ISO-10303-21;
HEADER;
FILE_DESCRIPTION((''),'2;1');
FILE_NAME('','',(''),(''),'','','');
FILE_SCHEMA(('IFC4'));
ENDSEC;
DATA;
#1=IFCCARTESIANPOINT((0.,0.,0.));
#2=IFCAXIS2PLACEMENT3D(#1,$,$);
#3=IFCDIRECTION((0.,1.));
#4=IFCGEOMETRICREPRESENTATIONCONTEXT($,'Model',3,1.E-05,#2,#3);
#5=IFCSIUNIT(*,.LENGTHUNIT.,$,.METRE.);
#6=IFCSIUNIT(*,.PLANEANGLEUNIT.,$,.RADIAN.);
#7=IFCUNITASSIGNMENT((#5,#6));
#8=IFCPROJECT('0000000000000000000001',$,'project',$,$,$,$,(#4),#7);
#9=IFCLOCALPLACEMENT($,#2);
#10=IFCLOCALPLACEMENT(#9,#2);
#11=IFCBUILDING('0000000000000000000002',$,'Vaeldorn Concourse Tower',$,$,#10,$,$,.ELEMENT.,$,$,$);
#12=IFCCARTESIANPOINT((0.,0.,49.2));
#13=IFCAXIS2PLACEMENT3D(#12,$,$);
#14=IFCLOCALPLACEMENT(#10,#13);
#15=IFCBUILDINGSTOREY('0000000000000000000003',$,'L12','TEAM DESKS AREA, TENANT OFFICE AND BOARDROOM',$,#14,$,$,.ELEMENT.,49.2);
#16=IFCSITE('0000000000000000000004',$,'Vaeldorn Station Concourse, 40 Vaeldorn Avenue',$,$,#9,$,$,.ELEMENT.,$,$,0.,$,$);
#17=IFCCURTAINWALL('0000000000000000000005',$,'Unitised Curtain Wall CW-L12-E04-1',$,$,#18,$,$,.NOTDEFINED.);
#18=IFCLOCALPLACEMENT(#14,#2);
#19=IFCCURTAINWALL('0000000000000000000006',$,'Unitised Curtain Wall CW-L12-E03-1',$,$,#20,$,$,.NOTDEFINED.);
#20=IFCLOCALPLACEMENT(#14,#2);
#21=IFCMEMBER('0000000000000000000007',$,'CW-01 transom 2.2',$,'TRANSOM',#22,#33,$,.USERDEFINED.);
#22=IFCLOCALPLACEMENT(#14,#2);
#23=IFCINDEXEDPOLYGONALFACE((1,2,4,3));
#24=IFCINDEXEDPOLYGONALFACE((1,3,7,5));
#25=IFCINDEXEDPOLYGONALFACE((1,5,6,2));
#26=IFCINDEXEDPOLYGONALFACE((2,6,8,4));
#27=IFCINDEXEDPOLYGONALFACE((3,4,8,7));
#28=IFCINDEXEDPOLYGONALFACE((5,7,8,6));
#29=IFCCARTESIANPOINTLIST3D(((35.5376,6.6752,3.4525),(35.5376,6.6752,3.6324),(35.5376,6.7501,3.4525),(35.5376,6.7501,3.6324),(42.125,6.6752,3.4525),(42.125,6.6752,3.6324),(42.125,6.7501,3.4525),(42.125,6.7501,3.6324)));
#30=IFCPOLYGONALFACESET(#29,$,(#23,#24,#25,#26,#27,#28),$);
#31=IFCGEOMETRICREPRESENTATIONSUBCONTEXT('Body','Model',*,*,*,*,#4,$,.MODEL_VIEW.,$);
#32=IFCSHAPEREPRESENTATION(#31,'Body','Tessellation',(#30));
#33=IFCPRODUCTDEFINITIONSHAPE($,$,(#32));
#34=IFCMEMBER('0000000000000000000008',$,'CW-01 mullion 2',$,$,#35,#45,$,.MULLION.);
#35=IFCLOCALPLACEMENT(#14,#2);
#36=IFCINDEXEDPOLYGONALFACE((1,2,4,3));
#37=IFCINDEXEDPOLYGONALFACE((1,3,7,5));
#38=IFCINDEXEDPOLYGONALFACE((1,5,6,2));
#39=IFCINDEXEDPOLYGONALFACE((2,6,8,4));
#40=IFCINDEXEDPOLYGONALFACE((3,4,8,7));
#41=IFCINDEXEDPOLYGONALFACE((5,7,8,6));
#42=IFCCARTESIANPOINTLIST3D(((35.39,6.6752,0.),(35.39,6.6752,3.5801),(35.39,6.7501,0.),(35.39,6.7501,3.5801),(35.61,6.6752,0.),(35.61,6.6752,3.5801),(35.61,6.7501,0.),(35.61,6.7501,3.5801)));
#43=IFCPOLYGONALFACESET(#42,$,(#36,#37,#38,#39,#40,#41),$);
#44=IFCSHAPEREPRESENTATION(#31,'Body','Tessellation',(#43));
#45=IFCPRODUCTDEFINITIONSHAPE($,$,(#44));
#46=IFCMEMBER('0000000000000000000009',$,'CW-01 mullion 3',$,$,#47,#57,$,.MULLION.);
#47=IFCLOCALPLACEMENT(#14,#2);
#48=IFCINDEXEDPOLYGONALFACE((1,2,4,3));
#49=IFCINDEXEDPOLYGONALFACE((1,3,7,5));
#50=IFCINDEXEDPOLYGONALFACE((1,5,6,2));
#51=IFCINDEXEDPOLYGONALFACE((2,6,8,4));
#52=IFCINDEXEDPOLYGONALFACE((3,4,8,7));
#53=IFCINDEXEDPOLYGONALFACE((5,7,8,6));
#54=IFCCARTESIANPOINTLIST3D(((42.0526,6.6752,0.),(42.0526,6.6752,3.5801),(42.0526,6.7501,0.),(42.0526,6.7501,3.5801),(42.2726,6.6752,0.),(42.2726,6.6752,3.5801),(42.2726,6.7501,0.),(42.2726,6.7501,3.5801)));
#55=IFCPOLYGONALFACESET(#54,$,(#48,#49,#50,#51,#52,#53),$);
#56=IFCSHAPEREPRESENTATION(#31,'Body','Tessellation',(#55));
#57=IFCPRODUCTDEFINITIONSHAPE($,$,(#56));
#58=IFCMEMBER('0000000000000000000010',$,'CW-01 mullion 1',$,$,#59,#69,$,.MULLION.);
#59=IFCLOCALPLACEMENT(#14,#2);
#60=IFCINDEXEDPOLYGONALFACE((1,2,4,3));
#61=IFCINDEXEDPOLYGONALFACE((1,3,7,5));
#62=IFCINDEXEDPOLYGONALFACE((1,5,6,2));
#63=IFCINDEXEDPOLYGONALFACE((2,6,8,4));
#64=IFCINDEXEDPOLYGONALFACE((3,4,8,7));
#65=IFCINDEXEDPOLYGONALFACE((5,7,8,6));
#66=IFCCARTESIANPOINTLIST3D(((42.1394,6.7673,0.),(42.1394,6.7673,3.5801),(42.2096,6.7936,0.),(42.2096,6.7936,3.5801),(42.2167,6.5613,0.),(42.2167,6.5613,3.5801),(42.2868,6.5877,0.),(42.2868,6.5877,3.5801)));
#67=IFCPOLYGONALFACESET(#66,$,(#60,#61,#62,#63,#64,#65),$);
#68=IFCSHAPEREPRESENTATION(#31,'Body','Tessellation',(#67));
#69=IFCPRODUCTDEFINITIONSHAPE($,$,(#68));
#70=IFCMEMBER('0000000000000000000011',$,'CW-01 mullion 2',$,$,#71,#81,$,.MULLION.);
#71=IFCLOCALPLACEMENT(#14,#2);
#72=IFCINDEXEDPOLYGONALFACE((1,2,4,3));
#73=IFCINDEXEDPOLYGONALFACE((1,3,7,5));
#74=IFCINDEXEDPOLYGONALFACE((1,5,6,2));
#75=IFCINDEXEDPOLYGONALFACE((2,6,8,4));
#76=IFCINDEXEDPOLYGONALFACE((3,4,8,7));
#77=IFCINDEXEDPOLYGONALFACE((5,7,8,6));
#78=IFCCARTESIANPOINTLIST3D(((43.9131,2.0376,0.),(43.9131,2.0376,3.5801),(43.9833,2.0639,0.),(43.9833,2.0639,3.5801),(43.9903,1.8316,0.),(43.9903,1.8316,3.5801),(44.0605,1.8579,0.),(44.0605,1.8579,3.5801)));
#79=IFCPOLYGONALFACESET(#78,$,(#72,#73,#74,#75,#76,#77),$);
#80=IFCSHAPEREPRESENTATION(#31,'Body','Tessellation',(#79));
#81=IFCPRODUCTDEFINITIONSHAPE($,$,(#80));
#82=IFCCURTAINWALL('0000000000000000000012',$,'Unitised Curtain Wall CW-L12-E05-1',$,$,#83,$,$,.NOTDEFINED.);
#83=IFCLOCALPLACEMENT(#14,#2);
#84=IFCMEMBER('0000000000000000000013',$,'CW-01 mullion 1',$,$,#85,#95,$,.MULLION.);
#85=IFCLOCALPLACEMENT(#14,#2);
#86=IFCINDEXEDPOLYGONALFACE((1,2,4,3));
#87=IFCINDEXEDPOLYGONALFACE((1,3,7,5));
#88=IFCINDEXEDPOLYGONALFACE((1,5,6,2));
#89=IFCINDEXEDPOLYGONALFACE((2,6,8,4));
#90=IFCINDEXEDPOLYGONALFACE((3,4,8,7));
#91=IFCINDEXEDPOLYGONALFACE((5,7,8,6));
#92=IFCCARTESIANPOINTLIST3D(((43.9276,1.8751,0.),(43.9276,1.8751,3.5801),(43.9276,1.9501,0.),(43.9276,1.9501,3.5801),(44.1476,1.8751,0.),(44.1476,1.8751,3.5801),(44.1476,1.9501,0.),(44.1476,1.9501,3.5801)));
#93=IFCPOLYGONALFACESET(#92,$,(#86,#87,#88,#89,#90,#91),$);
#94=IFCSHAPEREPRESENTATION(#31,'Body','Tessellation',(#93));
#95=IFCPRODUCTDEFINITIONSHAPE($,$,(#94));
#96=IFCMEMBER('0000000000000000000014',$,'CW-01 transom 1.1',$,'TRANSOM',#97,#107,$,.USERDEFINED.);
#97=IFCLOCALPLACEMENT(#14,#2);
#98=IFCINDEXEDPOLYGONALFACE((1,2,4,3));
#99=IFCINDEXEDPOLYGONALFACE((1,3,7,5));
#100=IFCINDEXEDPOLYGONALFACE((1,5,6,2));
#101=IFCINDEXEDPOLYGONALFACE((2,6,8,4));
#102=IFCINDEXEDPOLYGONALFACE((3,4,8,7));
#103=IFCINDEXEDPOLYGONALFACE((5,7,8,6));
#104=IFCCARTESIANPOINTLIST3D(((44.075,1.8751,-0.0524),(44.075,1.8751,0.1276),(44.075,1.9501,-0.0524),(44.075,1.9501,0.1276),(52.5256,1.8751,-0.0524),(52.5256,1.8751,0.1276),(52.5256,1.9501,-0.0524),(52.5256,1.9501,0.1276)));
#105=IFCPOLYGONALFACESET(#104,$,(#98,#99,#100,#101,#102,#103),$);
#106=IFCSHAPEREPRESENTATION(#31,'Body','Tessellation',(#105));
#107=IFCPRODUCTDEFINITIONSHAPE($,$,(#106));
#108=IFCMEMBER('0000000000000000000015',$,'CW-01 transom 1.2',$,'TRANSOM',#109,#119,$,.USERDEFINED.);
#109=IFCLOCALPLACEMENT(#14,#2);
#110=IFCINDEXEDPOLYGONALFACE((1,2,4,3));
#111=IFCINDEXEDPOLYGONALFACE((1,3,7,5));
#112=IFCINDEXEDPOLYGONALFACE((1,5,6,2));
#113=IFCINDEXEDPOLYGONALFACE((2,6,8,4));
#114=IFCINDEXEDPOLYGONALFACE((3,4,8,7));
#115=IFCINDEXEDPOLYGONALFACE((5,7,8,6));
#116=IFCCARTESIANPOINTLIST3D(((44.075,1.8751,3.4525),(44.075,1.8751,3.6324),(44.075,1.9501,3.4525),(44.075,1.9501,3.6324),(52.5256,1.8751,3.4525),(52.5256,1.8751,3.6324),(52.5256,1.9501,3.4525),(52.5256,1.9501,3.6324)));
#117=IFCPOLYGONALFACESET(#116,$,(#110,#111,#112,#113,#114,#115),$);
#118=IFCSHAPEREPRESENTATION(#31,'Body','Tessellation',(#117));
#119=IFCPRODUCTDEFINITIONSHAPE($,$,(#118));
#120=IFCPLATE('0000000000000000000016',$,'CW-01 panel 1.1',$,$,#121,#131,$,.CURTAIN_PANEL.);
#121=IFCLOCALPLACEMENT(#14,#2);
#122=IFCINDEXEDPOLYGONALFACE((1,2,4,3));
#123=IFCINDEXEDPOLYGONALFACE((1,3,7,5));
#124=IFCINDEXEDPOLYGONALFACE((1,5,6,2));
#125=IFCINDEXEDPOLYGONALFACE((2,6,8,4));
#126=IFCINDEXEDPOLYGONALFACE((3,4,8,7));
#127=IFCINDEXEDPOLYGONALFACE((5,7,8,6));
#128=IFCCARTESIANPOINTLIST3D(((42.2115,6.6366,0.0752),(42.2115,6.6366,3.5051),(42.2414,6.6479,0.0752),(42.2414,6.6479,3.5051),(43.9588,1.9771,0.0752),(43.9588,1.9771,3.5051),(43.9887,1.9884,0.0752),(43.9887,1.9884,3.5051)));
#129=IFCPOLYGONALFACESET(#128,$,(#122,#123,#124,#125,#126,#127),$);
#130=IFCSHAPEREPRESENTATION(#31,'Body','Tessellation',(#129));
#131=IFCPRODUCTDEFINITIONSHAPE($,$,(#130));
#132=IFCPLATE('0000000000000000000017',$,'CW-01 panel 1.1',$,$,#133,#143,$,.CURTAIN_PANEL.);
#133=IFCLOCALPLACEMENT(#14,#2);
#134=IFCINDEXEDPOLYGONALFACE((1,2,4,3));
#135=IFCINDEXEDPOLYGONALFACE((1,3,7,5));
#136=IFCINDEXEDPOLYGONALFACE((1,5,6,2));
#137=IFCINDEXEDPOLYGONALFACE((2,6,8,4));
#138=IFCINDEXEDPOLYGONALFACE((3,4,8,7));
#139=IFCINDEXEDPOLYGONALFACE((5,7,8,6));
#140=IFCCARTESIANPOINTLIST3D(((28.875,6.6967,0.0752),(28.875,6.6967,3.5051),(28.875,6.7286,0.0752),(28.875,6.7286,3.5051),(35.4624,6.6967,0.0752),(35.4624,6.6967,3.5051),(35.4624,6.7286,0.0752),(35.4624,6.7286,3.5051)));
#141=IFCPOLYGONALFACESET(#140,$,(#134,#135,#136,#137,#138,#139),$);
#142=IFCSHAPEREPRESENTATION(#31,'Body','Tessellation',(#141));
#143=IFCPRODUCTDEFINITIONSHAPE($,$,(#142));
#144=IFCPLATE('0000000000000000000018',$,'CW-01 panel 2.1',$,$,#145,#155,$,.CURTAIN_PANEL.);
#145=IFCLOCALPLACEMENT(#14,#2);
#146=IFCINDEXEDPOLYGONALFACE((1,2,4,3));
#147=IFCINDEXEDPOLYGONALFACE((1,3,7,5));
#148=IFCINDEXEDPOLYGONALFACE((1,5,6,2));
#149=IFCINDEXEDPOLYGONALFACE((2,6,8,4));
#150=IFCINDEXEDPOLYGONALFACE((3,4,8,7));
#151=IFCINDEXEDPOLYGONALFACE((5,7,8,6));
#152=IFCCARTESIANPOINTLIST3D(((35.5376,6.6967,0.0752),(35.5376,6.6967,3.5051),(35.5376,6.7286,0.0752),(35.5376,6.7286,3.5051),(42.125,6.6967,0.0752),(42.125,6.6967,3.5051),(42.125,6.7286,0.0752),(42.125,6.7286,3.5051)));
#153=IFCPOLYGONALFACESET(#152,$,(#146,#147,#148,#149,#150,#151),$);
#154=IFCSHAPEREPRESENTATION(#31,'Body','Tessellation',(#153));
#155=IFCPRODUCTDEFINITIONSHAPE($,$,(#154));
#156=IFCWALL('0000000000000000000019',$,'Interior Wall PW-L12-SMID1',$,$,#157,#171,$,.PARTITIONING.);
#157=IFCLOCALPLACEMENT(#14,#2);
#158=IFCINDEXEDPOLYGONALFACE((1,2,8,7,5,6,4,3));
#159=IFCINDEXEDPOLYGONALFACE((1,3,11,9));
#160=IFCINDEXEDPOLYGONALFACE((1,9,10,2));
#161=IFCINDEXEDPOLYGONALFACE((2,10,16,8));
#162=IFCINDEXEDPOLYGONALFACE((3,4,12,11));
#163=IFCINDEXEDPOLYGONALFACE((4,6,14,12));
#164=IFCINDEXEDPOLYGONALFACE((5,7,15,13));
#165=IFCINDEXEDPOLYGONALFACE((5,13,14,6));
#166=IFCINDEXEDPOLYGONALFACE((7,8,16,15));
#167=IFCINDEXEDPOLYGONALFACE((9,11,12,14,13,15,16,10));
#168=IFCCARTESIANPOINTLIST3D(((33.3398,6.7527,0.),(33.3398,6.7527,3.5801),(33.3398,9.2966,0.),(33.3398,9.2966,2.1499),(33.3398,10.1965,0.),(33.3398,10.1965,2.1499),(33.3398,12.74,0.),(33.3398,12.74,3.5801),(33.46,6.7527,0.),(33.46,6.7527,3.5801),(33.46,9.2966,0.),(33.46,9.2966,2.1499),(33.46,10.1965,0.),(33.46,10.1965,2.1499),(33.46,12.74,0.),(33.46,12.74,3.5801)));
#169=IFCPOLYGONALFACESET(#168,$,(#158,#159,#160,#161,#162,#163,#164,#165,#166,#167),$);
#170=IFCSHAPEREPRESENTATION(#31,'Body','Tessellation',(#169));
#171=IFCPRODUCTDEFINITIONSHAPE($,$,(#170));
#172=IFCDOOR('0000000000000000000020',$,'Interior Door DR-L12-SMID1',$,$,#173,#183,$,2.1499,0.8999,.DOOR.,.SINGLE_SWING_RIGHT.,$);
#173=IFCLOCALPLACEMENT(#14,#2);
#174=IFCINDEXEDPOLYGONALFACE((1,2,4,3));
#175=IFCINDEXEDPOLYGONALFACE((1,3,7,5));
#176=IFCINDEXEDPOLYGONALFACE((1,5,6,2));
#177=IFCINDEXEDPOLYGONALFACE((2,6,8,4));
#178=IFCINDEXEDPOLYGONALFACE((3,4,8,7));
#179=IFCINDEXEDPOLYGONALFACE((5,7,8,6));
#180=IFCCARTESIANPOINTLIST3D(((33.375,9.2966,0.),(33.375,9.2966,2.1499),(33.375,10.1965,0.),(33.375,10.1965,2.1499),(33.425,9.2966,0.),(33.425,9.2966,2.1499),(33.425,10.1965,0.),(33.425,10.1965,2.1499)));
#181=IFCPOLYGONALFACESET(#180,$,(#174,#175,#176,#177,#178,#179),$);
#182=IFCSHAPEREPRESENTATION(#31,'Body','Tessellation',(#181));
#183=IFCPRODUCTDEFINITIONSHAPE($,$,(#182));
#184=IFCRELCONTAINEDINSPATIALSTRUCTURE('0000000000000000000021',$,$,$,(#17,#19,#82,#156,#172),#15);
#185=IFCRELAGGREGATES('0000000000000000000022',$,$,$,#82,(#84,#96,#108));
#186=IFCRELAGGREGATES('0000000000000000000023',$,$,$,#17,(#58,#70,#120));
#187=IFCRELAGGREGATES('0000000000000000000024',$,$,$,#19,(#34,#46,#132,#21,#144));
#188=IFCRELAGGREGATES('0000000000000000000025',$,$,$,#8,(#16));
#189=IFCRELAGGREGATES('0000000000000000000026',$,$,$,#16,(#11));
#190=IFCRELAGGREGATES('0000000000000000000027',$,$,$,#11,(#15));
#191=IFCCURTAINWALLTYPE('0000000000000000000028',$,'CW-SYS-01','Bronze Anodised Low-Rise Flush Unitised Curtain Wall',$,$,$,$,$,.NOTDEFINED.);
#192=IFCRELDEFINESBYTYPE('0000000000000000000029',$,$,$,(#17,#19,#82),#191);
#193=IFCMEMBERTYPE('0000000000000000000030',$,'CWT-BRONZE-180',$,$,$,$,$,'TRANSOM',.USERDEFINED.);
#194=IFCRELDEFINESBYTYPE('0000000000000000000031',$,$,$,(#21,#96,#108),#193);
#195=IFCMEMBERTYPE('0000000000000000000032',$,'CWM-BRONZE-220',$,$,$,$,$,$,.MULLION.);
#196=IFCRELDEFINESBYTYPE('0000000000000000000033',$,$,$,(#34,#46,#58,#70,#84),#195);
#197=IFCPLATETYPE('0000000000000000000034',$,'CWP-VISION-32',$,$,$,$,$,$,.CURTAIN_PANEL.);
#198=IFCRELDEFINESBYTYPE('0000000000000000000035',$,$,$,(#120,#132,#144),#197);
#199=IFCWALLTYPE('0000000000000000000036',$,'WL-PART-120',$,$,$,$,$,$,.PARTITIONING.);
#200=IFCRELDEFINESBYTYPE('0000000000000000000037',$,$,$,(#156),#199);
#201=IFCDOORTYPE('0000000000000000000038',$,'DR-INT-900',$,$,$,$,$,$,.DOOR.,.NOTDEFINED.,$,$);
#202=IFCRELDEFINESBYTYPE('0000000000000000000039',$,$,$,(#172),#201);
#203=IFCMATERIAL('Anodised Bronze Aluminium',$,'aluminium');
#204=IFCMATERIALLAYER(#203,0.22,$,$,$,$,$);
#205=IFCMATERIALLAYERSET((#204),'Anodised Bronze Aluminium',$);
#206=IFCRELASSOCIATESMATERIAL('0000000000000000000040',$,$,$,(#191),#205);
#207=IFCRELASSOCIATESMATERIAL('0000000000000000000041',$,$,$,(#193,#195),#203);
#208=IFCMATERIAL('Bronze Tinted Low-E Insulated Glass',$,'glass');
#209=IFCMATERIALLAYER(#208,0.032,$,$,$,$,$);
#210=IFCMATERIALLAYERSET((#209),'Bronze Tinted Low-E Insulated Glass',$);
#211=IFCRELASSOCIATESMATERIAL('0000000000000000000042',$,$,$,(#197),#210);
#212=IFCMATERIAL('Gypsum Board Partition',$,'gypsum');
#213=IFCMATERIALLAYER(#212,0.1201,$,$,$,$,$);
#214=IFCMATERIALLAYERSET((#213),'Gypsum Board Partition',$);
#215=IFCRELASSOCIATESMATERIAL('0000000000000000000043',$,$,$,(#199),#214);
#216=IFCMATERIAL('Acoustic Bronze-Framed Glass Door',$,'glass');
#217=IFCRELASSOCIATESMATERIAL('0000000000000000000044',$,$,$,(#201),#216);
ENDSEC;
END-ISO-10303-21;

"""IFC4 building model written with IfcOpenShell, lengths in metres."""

from ifc_helpers import new_model, si_unit, direction, frame, frame_2d, origin, origin_2d, place, context, subcontext, project, spatial, rectangle, extrude, source, transform, mapped, material, layer, layer_set, material_profile, profile_set, type_object, element, fill, aggregate, save


model = new_model("IFC4")

# Units and contexts
model_context = context("Model", 3, precision=1e-05, world=origin(), true_north=direction((0.0, 1.0)))
body_context = subcontext(model_context, "Body", "Model", "MODEL_VIEW")
ifc_project = project(units=[si_unit("LENGTHUNIT", "METRE"), si_unit("PLANEANGLEUNIT", "RADIAN")], contexts=[model_context])

# Site, building, storey
site_placement = place(None, origin())
site = spatial("IfcSite", under=ifc_project, at=site_placement, Name="Vaeldorn Station Concourse, 40 Vaeldorn Avenue", CompositionType="ELEMENT", RefElevation=0.0)
building_placement = place(site_placement, origin())
building = spatial("IfcBuilding", under=site, at=building_placement, Name="Vaeldorn Concourse Tower", CompositionType="ELEMENT")
storey_placement = place(building_placement, frame((0.0, 0.0, 49.2)))
storey = spatial("IfcBuildingStorey", under=building, at=storey_placement, Name="L12", Description="TEAM DESKS AREA, TENANT OFFICE AND BOARDROOM", CompositionType="ELEMENT", Elevation=49.2)

# Curtain walls, members
ifc_material_1 = material(Name="Anodised Bronze Aluminium", Category="aluminium")
ifc_layer_1 = layer(ifc_material_1, 0.22)
ifc_layer_set_1 = layer_set([ifc_layer_1], Name="Anodised Bronze Aluminium")
curtain_wall_type = type_object("IfcCurtainWallType", Name="CW-SYS-01", Description="Bronze Anodised Low-Rise Flush Unitised Curtain Wall", PredefinedType="NOTDEFINED", material=ifc_layer_set_1)
curtain_wall_1_placement = place(storey_placement, origin())
curtain_wall_1 = element("IfcCurtainWall", 1, at=curtain_wall_1_placement, inside=storey, type_object=curtain_wall_type, Name="Unitised Curtain Wall CW-L12-E04-1", PredefinedType="NOTDEFINED")
ifc_material_profile_1 = material_profile(ifc_material_1, rectangle(XDim=0.075, YDim=0.1799, at=origin_2d()), Name="CWT 75x180")
ifc_profile_set_1 = profile_set([ifc_material_profile_1], Name="Anodised Bronze Aluminium")
member_type_1 = type_object("IfcMemberType", Name="CWT-BRONZE-180", ElementType="TRANSOM", PredefinedType="USERDEFINED", material=ifc_profile_set_1)
curtain_wall_2_placement = place(storey_placement, origin())
curtain_wall_2 = element("IfcCurtainWall", 2, at=curtain_wall_2_placement, inside=storey, type_object=curtain_wall_type, Name="Unitised Curtain Wall CW-L12-E03-1", PredefinedType="NOTDEFINED")
shared_shape_1 = source(origin(), body_context, "Body", "SweptSolid", [
    extrude(rectangle(XDim=0.075, YDim=0.1799, at=origin_2d()), origin(), (0.0, 0.0, 1.0), 6.5874),
])
member_1_placement = place(storey_placement, frame((35.5376, 6.7126, 3.5425), z_axis=(1.0, 0.0, 0.0), x_axis=(0.0, 1.0, 0.0)))
member_1 = element("IfcMember", 3, at=member_1_placement, type_object=member_type_1, Name="CW-01 transom 2.2", ObjectType="TRANSOM", PredefinedType="USERDEFINED", context=body_context, shape_type="MappedRepresentation", body=[
    mapped(shared_shape_1, transform((0.0, 0.0, 0.0), scale=1.0)),
])
ifc_material_profile_2 = material_profile(ifc_material_1, rectangle(XDim=0.075, YDim=0.22, at=origin_2d()), Name="CWM 75x220")
ifc_profile_set_2 = profile_set([ifc_material_profile_2], Name="Anodised Bronze Aluminium")
member_type_2 = type_object("IfcMemberType", Name="CWM-BRONZE-220", PredefinedType="MULLION", material=ifc_profile_set_2)
shared_shape_2 = source(origin(), body_context, "Body", "SweptSolid", [
    extrude(rectangle(XDim=0.075, YDim=0.22, at=origin_2d()), origin(), (0.0, 0.0, 1.0), 3.5801),
])
member_2_placement = place(storey_placement, frame((35.5, 6.7126, 0.0), z_axis=(0.0, 0.0, 1.0), x_axis=(0.0, 1.0, 0.0)))
member_2 = element("IfcMember", 4, at=member_2_placement, type_object=member_type_2, Name="CW-01 mullion 2", PredefinedType="MULLION", context=body_context, shape_type="MappedRepresentation", body=[
    mapped(shared_shape_2, transform((0.0, 0.0, 0.0), scale=1.0)),
])
member_3_placement = place(storey_placement, frame((42.1626, 6.7126, 0.0), z_axis=(0.0, 0.0, 1.0), x_axis=(0.0, 1.0, 0.0)))
member_3 = element("IfcMember", 5, at=member_3_placement, type_object=member_type_2, Name="CW-01 mullion 3", PredefinedType="MULLION", context=body_context, shape_type="MappedRepresentation", body=[
    mapped(shared_shape_2, transform((0.0, 0.0, 0.0), scale=1.0)),
])

# Members
member_4_placement = place(storey_placement, frame((42.2131, 6.6775, 0.0), z_axis=(0.0, 0.0, 1.0), x_axis=(0.936329, 0.351123, 0.0)))
member_4 = element("IfcMember", 6, at=member_4_placement, type_object=member_type_2, Name="CW-01 mullion 1", PredefinedType="MULLION", context=body_context, shape_type="MappedRepresentation", body=[
    mapped(shared_shape_2, transform((0.0, 0.0, 0.0), scale=1.0)),
])
member_5_placement = place(storey_placement, frame((43.9868, 1.9478, 0.0), z_axis=(0.0, 0.0, 1.0), x_axis=(0.936329, 0.351123, 0.0)))
member_5 = element("IfcMember", 7, at=member_5_placement, type_object=member_type_2, Name="CW-01 mullion 2", PredefinedType="MULLION", context=body_context, shape_type="MappedRepresentation", body=[
    mapped(shared_shape_2, transform((0.0, 0.0, 0.0), scale=1.0)),
])

# Curtain wall, members
curtain_wall_3_placement = place(storey_placement, origin())
curtain_wall_3 = element("IfcCurtainWall", 8, at=curtain_wall_3_placement, inside=storey, type_object=curtain_wall_type, Name="Unitised Curtain Wall CW-L12-E05-1", PredefinedType="NOTDEFINED")
member_6_placement = place(storey_placement, frame((44.0376, 1.9126, 0.0), z_axis=(0.0, 0.0, 1.0), x_axis=(0.0, 1.0, 0.0)))
member_6 = element("IfcMember", 9, at=member_6_placement, type_object=member_type_2, Name="CW-01 mullion 1", PredefinedType="MULLION", context=body_context, shape_type="MappedRepresentation", body=[
    mapped(shared_shape_2, transform((0.0, 0.0, 0.0), scale=1.0)),
])
shared_shape_3 = source(origin(), body_context, "Body", "SweptSolid", [
    extrude(rectangle(XDim=0.075, YDim=0.1799, at=origin_2d()), origin(), (0.0, 0.0, 1.0), 8.4507),
])
member_7_placement = place(storey_placement, frame((44.075, 1.9126, 0.0376), z_axis=(1.0, 0.0, 0.0), x_axis=(0.0, 1.0, 0.0)))
member_7 = element("IfcMember", 10, at=member_7_placement, type_object=member_type_1, Name="CW-01 transom 1.1", ObjectType="TRANSOM", PredefinedType="USERDEFINED", context=body_context, shape_type="MappedRepresentation", body=[
    mapped(shared_shape_3, transform((0.0, 0.0, 0.0), scale=1.0)),
])
member_8_placement = place(storey_placement, frame((44.075, 1.9126, 3.5425), z_axis=(1.0, 0.0, 0.0), x_axis=(0.0, 1.0, 0.0)))
member_8 = element("IfcMember", 11, at=member_8_placement, type_object=member_type_1, Name="CW-01 transom 1.2", ObjectType="TRANSOM", PredefinedType="USERDEFINED", context=body_context, shape_type="MappedRepresentation", body=[
    mapped(shared_shape_3, transform((0.0, 0.0, 0.0), scale=1.0)),
])
aggregate(curtain_wall_3, [member_6, member_7, member_8])

# Plates
ifc_material_2 = material(Name="Bronze Tinted Low-E Insulated Glass", Category="glass")
ifc_layer_2 = layer(ifc_material_2, 0.032)
ifc_layer_set_2 = layer_set([ifc_layer_2], Name="Bronze Tinted Low-E Insulated Glass")
plate_type = type_object("IfcPlateType", Name="CWP-VISION-32", PredefinedType="CURTAIN_PANEL", material=ifc_layer_set_2)
shared_shape_4 = source(origin(), body_context, "Body", "SweptSolid", [
    extrude(rectangle(XDim=4.9763, YDim=0.032, at=origin_2d()), origin(), (0.0, 0.0, 1.0), 3.4299),
])
plate_1_placement = place(storey_placement, frame((43.1001, 4.3125, 0.0752), z_axis=(0.0, 0.0, 1.0), x_axis=(0.351123, -0.936329, 0.0)))
plate_1 = element("IfcPlate", 12, at=plate_1_placement, type_object=plate_type, Name="CW-01 panel 1.1", PredefinedType="CURTAIN_PANEL", context=body_context, shape_type="MappedRepresentation", body=[
    mapped(shared_shape_4, transform((0.0, 0.0, 0.0), scale=1.0)),
])
aggregate(curtain_wall_1, [member_4, member_5, plate_1])
shared_shape_5 = source(origin(), body_context, "Body", "SweptSolid", [
    extrude(rectangle(XDim=6.5874, YDim=0.032, at=origin_2d()), origin(), (0.0, 0.0, 1.0), 3.4299),
])
plate_2_placement = place(storey_placement, frame((32.1687, 6.7126, 0.0752), z_axis=(0.0, 0.0, 1.0), x_axis=(1.0, 0.0, 0.0)))
plate_2 = element("IfcPlate", 13, at=plate_2_placement, type_object=plate_type, Name="CW-01 panel 1.1", PredefinedType="CURTAIN_PANEL", context=body_context, shape_type="MappedRepresentation", body=[
    mapped(shared_shape_5, transform((0.0, 0.0, 0.0), scale=1.0)),
])
plate_3_placement = place(storey_placement, frame((38.8313, 6.7126, 0.0752), z_axis=(0.0, 0.0, 1.0), x_axis=(1.0, 0.0, 0.0)))
plate_3 = element("IfcPlate", 14, at=plate_3_placement, type_object=plate_type, Name="CW-01 panel 2.1", PredefinedType="CURTAIN_PANEL", context=body_context, shape_type="MappedRepresentation", body=[
    mapped(shared_shape_5, transform((0.0, 0.0, 0.0), scale=1.0)),
])
aggregate(curtain_wall_2, [member_2, member_3, plate_2, member_1, plate_3])

# Wall, opening, door
ifc_material_3 = material(Name="Gypsum Board Partition", Category="gypsum")
ifc_layer_3 = layer(ifc_material_3, 0.1201)
ifc_layer_set_3 = layer_set([ifc_layer_3], Name="Gypsum Board Partition")
wall_type = type_object("IfcWallType", Name="WL-PART-120", PredefinedType="PARTITIONING", material=ifc_layer_set_3)
wall_placement = place(storey_placement, frame((33.3999, 6.7527, 0.0), z_axis=(0.0, 0.0, 1.0), x_axis=(0.0, 1.0, 0.0)))
wall = element("IfcWall", 15, at=wall_placement, inside=storey, type_object=wall_type, Name="Interior Wall PW-L12-SMID1", PredefinedType="PARTITIONING", context=body_context, shape_type="SweptSolid", body=[
    extrude(rectangle(XDim=5.9873, YDim=0.1201, at=frame_2d((2.9937, 0.0))), origin(), (0.0, 0.0, 1.0), 3.5801),
])
opening_placement = place(wall_placement, frame((2.5439, 0.0, 0.0)))
opening = element("IfcOpeningElement", 16, at=opening_placement, cuts=wall, PredefinedType="OPENING", context=body_context, shape_type="SweptSolid", body=[
    extrude(rectangle(XDim=0.8999, YDim=2.1499, at=frame_2d((0.45, 1.075))), frame((0.0, 0.0701, 0.0), z_axis=(0.0, -1.0, 0.0), x_axis=(1.0, 0.0, 0.0)), (0.0, 0.0, 1.0), 0.1401),
])
ifc_material_4 = material(Name="Acoustic Bronze-Framed Glass Door", Category="glass")
door_type = type_object("IfcDoorType", Name="DR-INT-900", OperationType="NOTDEFINED", PredefinedType="DOOR", material=ifc_material_4)
shared_shape_6 = source(origin(), body_context, "Body", "SweptSolid", [
    extrude(rectangle(XDim=0.8999, YDim=2.1499, at=frame_2d((0.45, 1.075))), frame((0.0, 0.0249, 0.0), z_axis=(0.0, -1.0, 0.0), x_axis=(1.0, 0.0, 0.0)), (0.0, 0.0, 1.0), 0.05),
])
door_placement = place(opening_placement, origin())
door = element("IfcDoor", 17, at=door_placement, inside=storey, type_object=door_type, Name="Interior Door DR-L12-SMID1", OperationType="SINGLE_SWING_RIGHT", OverallHeight=2.1499, OverallWidth=0.8999, PredefinedType="DOOR", context=body_context, shape_type="MappedRepresentation", body=[
    mapped(shared_shape_6, transform((0.0, 0.0, 0.0), scale=1.0)),
])
fill(opening, door)

save(model, "model.ifc")
